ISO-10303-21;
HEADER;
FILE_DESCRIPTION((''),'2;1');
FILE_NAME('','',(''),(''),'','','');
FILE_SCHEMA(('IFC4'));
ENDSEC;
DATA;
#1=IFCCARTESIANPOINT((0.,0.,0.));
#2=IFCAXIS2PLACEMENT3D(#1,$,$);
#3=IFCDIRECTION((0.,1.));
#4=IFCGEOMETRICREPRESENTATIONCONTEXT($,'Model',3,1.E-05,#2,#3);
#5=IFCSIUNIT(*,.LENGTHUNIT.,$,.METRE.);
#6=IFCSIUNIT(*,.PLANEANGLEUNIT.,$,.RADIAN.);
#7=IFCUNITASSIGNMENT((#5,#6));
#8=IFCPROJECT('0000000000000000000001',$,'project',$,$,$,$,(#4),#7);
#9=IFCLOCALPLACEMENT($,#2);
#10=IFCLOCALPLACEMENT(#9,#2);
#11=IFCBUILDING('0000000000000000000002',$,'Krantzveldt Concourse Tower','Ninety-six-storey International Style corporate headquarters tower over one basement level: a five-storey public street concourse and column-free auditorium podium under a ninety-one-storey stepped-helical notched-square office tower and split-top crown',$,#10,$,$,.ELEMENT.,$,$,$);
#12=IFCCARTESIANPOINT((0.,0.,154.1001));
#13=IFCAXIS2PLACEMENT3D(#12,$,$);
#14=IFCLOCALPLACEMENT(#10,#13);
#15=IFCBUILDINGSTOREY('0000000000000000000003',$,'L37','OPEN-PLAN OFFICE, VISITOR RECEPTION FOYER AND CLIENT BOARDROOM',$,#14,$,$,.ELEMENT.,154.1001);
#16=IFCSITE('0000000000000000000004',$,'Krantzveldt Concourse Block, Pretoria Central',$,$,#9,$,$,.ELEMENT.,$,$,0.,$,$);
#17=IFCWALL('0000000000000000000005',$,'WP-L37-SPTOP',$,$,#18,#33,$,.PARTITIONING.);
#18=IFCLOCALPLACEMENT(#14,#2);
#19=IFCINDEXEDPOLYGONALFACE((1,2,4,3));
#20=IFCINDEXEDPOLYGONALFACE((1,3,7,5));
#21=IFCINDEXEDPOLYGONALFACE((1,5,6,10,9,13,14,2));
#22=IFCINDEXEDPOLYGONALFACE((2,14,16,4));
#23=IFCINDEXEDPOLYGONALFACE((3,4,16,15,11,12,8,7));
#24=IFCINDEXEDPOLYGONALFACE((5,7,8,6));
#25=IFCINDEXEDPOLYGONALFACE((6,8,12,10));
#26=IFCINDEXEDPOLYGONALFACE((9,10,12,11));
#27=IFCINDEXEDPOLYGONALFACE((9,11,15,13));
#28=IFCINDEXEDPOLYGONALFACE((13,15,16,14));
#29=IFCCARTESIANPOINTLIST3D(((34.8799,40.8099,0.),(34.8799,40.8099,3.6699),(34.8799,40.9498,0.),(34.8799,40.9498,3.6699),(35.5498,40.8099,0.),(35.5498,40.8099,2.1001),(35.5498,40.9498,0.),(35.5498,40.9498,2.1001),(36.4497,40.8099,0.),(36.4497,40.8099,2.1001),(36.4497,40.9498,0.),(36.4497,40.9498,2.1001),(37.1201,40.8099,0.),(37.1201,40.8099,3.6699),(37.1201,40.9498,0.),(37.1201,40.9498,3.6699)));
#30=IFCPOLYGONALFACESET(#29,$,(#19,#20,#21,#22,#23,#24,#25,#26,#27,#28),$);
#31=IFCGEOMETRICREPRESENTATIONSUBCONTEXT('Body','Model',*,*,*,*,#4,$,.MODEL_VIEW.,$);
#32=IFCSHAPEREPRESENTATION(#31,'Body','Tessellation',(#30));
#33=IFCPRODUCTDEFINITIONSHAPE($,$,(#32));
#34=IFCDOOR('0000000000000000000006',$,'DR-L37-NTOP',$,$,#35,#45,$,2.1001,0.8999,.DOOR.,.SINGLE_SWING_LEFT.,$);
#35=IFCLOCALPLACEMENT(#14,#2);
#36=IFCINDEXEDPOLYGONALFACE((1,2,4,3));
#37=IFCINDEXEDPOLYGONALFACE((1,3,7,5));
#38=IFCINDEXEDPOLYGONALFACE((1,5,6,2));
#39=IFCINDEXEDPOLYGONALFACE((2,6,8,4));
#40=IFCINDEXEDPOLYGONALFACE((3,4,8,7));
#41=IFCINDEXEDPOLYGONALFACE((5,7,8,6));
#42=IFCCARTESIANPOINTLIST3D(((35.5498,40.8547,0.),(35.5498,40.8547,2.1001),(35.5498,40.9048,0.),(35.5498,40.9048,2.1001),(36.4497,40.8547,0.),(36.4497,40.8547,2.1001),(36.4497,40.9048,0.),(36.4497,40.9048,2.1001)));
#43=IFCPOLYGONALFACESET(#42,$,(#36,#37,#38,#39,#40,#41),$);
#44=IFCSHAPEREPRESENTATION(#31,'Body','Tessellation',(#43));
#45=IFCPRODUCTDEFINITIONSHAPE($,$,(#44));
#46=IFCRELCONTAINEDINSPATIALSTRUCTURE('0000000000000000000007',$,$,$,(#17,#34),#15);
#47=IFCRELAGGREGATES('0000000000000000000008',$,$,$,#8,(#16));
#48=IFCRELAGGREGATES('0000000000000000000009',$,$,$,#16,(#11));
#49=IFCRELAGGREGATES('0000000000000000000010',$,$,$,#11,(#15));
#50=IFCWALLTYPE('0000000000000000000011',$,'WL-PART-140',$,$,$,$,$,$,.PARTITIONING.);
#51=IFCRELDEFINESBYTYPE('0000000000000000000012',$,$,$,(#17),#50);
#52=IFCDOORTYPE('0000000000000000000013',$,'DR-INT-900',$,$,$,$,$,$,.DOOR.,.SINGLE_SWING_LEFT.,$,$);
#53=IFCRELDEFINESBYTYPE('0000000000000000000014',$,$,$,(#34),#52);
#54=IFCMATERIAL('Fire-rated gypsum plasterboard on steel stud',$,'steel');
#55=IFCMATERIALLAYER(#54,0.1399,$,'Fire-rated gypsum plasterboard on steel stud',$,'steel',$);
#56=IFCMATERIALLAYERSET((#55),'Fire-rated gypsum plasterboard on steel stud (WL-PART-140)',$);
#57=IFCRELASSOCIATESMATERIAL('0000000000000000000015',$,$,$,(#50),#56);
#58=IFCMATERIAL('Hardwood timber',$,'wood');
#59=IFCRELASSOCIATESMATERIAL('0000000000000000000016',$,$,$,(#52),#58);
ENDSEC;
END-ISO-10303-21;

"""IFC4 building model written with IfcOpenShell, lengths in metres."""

from ifc_helpers import new_model, si_unit, direction, frame, frame_2d, origin, place, context, subcontext, project, spatial, rectangle, extrude, material, layer, layer_set, type_object, element, fill, save


model = new_model("IFC4")

# Units and contexts
model_context = context("Model", 3, precision=1e-05, world=origin(), true_north=direction((0.0, 1.0)))
body_context = subcontext(model_context, "Body", "Model", "MODEL_VIEW")
ifc_project = project(units=[si_unit("LENGTHUNIT", "METRE"), si_unit("PLANEANGLEUNIT", "RADIAN")], contexts=[model_context])

# Site, building, storey
site_placement = place(None, origin())
site = spatial("IfcSite", under=ifc_project, at=site_placement, Name="Krantzveldt Concourse Block, Pretoria Central", CompositionType="ELEMENT", RefElevation=0.0)
building_placement = place(site_placement, origin())
building = spatial("IfcBuilding", under=site, at=building_placement, Name="Krantzveldt Concourse Tower", Description="Ninety-six-storey International Style corporate headquarters tower over one basement level: a five-storey public street concourse and column-free auditorium podium under a ninety-one-storey stepped-helical notched-square office tower and split-top crown", CompositionType="ELEMENT")
storey_placement = place(building_placement, frame((0.0, 0.0, 154.1001)))
storey = spatial("IfcBuildingStorey", under=building, at=storey_placement, Name="L37", Description="OPEN-PLAN OFFICE, VISITOR RECEPTION FOYER AND CLIENT BOARDROOM", CompositionType="ELEMENT", Elevation=154.1001)

# Shared definitions
ifc_material_1 = material(Name="Fire-rated gypsum plasterboard on steel stud", Category="steel")

# Wall, opening, door
ifc_layer_1 = layer(ifc_material_1, 0.1399, Name="Fire-rated gypsum plasterboard on steel stud", Category="steel")
ifc_layer_set_1 = layer_set([ifc_layer_1], Name="Fire-rated gypsum plasterboard on steel stud (WL-PART-140)")
wall_type_1 = type_object("IfcWallType", Name="WL-PART-140", PredefinedType="PARTITIONING", material=ifc_layer_set_1)
wall_1_placement = place(storey_placement, frame((34.8799, 40.8799, 0.0), z_axis=(0.0, 0.0, 1.0), x_axis=(1.0, 0.0, 0.0)))
wall_1 = element("IfcWall", 1, at=wall_1_placement, inside=storey, type_object=wall_type_1, Name="WP-L37-SPTOP", PredefinedType="PARTITIONING", context=body_context, shape_type="SweptSolid", body=[
    extrude(rectangle(XDim=2.2402, YDim=0.1399, at=frame_2d((1.1201, 0.0))), origin(), (0.0, 0.0, 1.0), 3.6699),
])
opening_placement = place(wall_1_placement, frame((0.6699, 0.0, 0.0)))
opening = element("IfcOpeningElement", 2, at=opening_placement, cuts=wall_1, PredefinedType="OPENING", context=body_context, shape_type="SweptSolid", body=[
    extrude(rectangle(XDim=0.8999, YDim=2.1001, at=frame_2d((0.45, 1.05))), frame((0.0, 0.0801, 0.0), z_axis=(0.0, -1.0, 0.0), x_axis=(1.0, 0.0, 0.0)), (0.0, 0.0, 1.0), 0.1599),
])
ifc_material_2 = material(Name="Hardwood timber", Category="wood")
door_type = type_object("IfcDoorType", Name="DR-INT-900", OperationType="SINGLE_SWING_LEFT", PredefinedType="DOOR", material=ifc_material_2)
door_placement = place(opening_placement, origin())
door = element("IfcDoor", 3, at=door_placement, inside=storey, type_object=door_type, Name="DR-L37-NTOP", OperationType="SINGLE_SWING_LEFT", OverallHeight=2.1001, OverallWidth=0.8999, PredefinedType="DOOR", context=body_context, shape_type="SweptSolid", body=[
    extrude(rectangle(XDim=0.8999, YDim=2.1001, at=frame_2d((0.45, 1.05))), frame((0.0, 0.0249, 0.0), z_axis=(0.0, -1.0, 0.0), x_axis=(1.0, 0.0, 0.0)), (0.0, 0.0, 1.0), 0.05),
])
fill(opening, door)

save(model, "model.ifc")
